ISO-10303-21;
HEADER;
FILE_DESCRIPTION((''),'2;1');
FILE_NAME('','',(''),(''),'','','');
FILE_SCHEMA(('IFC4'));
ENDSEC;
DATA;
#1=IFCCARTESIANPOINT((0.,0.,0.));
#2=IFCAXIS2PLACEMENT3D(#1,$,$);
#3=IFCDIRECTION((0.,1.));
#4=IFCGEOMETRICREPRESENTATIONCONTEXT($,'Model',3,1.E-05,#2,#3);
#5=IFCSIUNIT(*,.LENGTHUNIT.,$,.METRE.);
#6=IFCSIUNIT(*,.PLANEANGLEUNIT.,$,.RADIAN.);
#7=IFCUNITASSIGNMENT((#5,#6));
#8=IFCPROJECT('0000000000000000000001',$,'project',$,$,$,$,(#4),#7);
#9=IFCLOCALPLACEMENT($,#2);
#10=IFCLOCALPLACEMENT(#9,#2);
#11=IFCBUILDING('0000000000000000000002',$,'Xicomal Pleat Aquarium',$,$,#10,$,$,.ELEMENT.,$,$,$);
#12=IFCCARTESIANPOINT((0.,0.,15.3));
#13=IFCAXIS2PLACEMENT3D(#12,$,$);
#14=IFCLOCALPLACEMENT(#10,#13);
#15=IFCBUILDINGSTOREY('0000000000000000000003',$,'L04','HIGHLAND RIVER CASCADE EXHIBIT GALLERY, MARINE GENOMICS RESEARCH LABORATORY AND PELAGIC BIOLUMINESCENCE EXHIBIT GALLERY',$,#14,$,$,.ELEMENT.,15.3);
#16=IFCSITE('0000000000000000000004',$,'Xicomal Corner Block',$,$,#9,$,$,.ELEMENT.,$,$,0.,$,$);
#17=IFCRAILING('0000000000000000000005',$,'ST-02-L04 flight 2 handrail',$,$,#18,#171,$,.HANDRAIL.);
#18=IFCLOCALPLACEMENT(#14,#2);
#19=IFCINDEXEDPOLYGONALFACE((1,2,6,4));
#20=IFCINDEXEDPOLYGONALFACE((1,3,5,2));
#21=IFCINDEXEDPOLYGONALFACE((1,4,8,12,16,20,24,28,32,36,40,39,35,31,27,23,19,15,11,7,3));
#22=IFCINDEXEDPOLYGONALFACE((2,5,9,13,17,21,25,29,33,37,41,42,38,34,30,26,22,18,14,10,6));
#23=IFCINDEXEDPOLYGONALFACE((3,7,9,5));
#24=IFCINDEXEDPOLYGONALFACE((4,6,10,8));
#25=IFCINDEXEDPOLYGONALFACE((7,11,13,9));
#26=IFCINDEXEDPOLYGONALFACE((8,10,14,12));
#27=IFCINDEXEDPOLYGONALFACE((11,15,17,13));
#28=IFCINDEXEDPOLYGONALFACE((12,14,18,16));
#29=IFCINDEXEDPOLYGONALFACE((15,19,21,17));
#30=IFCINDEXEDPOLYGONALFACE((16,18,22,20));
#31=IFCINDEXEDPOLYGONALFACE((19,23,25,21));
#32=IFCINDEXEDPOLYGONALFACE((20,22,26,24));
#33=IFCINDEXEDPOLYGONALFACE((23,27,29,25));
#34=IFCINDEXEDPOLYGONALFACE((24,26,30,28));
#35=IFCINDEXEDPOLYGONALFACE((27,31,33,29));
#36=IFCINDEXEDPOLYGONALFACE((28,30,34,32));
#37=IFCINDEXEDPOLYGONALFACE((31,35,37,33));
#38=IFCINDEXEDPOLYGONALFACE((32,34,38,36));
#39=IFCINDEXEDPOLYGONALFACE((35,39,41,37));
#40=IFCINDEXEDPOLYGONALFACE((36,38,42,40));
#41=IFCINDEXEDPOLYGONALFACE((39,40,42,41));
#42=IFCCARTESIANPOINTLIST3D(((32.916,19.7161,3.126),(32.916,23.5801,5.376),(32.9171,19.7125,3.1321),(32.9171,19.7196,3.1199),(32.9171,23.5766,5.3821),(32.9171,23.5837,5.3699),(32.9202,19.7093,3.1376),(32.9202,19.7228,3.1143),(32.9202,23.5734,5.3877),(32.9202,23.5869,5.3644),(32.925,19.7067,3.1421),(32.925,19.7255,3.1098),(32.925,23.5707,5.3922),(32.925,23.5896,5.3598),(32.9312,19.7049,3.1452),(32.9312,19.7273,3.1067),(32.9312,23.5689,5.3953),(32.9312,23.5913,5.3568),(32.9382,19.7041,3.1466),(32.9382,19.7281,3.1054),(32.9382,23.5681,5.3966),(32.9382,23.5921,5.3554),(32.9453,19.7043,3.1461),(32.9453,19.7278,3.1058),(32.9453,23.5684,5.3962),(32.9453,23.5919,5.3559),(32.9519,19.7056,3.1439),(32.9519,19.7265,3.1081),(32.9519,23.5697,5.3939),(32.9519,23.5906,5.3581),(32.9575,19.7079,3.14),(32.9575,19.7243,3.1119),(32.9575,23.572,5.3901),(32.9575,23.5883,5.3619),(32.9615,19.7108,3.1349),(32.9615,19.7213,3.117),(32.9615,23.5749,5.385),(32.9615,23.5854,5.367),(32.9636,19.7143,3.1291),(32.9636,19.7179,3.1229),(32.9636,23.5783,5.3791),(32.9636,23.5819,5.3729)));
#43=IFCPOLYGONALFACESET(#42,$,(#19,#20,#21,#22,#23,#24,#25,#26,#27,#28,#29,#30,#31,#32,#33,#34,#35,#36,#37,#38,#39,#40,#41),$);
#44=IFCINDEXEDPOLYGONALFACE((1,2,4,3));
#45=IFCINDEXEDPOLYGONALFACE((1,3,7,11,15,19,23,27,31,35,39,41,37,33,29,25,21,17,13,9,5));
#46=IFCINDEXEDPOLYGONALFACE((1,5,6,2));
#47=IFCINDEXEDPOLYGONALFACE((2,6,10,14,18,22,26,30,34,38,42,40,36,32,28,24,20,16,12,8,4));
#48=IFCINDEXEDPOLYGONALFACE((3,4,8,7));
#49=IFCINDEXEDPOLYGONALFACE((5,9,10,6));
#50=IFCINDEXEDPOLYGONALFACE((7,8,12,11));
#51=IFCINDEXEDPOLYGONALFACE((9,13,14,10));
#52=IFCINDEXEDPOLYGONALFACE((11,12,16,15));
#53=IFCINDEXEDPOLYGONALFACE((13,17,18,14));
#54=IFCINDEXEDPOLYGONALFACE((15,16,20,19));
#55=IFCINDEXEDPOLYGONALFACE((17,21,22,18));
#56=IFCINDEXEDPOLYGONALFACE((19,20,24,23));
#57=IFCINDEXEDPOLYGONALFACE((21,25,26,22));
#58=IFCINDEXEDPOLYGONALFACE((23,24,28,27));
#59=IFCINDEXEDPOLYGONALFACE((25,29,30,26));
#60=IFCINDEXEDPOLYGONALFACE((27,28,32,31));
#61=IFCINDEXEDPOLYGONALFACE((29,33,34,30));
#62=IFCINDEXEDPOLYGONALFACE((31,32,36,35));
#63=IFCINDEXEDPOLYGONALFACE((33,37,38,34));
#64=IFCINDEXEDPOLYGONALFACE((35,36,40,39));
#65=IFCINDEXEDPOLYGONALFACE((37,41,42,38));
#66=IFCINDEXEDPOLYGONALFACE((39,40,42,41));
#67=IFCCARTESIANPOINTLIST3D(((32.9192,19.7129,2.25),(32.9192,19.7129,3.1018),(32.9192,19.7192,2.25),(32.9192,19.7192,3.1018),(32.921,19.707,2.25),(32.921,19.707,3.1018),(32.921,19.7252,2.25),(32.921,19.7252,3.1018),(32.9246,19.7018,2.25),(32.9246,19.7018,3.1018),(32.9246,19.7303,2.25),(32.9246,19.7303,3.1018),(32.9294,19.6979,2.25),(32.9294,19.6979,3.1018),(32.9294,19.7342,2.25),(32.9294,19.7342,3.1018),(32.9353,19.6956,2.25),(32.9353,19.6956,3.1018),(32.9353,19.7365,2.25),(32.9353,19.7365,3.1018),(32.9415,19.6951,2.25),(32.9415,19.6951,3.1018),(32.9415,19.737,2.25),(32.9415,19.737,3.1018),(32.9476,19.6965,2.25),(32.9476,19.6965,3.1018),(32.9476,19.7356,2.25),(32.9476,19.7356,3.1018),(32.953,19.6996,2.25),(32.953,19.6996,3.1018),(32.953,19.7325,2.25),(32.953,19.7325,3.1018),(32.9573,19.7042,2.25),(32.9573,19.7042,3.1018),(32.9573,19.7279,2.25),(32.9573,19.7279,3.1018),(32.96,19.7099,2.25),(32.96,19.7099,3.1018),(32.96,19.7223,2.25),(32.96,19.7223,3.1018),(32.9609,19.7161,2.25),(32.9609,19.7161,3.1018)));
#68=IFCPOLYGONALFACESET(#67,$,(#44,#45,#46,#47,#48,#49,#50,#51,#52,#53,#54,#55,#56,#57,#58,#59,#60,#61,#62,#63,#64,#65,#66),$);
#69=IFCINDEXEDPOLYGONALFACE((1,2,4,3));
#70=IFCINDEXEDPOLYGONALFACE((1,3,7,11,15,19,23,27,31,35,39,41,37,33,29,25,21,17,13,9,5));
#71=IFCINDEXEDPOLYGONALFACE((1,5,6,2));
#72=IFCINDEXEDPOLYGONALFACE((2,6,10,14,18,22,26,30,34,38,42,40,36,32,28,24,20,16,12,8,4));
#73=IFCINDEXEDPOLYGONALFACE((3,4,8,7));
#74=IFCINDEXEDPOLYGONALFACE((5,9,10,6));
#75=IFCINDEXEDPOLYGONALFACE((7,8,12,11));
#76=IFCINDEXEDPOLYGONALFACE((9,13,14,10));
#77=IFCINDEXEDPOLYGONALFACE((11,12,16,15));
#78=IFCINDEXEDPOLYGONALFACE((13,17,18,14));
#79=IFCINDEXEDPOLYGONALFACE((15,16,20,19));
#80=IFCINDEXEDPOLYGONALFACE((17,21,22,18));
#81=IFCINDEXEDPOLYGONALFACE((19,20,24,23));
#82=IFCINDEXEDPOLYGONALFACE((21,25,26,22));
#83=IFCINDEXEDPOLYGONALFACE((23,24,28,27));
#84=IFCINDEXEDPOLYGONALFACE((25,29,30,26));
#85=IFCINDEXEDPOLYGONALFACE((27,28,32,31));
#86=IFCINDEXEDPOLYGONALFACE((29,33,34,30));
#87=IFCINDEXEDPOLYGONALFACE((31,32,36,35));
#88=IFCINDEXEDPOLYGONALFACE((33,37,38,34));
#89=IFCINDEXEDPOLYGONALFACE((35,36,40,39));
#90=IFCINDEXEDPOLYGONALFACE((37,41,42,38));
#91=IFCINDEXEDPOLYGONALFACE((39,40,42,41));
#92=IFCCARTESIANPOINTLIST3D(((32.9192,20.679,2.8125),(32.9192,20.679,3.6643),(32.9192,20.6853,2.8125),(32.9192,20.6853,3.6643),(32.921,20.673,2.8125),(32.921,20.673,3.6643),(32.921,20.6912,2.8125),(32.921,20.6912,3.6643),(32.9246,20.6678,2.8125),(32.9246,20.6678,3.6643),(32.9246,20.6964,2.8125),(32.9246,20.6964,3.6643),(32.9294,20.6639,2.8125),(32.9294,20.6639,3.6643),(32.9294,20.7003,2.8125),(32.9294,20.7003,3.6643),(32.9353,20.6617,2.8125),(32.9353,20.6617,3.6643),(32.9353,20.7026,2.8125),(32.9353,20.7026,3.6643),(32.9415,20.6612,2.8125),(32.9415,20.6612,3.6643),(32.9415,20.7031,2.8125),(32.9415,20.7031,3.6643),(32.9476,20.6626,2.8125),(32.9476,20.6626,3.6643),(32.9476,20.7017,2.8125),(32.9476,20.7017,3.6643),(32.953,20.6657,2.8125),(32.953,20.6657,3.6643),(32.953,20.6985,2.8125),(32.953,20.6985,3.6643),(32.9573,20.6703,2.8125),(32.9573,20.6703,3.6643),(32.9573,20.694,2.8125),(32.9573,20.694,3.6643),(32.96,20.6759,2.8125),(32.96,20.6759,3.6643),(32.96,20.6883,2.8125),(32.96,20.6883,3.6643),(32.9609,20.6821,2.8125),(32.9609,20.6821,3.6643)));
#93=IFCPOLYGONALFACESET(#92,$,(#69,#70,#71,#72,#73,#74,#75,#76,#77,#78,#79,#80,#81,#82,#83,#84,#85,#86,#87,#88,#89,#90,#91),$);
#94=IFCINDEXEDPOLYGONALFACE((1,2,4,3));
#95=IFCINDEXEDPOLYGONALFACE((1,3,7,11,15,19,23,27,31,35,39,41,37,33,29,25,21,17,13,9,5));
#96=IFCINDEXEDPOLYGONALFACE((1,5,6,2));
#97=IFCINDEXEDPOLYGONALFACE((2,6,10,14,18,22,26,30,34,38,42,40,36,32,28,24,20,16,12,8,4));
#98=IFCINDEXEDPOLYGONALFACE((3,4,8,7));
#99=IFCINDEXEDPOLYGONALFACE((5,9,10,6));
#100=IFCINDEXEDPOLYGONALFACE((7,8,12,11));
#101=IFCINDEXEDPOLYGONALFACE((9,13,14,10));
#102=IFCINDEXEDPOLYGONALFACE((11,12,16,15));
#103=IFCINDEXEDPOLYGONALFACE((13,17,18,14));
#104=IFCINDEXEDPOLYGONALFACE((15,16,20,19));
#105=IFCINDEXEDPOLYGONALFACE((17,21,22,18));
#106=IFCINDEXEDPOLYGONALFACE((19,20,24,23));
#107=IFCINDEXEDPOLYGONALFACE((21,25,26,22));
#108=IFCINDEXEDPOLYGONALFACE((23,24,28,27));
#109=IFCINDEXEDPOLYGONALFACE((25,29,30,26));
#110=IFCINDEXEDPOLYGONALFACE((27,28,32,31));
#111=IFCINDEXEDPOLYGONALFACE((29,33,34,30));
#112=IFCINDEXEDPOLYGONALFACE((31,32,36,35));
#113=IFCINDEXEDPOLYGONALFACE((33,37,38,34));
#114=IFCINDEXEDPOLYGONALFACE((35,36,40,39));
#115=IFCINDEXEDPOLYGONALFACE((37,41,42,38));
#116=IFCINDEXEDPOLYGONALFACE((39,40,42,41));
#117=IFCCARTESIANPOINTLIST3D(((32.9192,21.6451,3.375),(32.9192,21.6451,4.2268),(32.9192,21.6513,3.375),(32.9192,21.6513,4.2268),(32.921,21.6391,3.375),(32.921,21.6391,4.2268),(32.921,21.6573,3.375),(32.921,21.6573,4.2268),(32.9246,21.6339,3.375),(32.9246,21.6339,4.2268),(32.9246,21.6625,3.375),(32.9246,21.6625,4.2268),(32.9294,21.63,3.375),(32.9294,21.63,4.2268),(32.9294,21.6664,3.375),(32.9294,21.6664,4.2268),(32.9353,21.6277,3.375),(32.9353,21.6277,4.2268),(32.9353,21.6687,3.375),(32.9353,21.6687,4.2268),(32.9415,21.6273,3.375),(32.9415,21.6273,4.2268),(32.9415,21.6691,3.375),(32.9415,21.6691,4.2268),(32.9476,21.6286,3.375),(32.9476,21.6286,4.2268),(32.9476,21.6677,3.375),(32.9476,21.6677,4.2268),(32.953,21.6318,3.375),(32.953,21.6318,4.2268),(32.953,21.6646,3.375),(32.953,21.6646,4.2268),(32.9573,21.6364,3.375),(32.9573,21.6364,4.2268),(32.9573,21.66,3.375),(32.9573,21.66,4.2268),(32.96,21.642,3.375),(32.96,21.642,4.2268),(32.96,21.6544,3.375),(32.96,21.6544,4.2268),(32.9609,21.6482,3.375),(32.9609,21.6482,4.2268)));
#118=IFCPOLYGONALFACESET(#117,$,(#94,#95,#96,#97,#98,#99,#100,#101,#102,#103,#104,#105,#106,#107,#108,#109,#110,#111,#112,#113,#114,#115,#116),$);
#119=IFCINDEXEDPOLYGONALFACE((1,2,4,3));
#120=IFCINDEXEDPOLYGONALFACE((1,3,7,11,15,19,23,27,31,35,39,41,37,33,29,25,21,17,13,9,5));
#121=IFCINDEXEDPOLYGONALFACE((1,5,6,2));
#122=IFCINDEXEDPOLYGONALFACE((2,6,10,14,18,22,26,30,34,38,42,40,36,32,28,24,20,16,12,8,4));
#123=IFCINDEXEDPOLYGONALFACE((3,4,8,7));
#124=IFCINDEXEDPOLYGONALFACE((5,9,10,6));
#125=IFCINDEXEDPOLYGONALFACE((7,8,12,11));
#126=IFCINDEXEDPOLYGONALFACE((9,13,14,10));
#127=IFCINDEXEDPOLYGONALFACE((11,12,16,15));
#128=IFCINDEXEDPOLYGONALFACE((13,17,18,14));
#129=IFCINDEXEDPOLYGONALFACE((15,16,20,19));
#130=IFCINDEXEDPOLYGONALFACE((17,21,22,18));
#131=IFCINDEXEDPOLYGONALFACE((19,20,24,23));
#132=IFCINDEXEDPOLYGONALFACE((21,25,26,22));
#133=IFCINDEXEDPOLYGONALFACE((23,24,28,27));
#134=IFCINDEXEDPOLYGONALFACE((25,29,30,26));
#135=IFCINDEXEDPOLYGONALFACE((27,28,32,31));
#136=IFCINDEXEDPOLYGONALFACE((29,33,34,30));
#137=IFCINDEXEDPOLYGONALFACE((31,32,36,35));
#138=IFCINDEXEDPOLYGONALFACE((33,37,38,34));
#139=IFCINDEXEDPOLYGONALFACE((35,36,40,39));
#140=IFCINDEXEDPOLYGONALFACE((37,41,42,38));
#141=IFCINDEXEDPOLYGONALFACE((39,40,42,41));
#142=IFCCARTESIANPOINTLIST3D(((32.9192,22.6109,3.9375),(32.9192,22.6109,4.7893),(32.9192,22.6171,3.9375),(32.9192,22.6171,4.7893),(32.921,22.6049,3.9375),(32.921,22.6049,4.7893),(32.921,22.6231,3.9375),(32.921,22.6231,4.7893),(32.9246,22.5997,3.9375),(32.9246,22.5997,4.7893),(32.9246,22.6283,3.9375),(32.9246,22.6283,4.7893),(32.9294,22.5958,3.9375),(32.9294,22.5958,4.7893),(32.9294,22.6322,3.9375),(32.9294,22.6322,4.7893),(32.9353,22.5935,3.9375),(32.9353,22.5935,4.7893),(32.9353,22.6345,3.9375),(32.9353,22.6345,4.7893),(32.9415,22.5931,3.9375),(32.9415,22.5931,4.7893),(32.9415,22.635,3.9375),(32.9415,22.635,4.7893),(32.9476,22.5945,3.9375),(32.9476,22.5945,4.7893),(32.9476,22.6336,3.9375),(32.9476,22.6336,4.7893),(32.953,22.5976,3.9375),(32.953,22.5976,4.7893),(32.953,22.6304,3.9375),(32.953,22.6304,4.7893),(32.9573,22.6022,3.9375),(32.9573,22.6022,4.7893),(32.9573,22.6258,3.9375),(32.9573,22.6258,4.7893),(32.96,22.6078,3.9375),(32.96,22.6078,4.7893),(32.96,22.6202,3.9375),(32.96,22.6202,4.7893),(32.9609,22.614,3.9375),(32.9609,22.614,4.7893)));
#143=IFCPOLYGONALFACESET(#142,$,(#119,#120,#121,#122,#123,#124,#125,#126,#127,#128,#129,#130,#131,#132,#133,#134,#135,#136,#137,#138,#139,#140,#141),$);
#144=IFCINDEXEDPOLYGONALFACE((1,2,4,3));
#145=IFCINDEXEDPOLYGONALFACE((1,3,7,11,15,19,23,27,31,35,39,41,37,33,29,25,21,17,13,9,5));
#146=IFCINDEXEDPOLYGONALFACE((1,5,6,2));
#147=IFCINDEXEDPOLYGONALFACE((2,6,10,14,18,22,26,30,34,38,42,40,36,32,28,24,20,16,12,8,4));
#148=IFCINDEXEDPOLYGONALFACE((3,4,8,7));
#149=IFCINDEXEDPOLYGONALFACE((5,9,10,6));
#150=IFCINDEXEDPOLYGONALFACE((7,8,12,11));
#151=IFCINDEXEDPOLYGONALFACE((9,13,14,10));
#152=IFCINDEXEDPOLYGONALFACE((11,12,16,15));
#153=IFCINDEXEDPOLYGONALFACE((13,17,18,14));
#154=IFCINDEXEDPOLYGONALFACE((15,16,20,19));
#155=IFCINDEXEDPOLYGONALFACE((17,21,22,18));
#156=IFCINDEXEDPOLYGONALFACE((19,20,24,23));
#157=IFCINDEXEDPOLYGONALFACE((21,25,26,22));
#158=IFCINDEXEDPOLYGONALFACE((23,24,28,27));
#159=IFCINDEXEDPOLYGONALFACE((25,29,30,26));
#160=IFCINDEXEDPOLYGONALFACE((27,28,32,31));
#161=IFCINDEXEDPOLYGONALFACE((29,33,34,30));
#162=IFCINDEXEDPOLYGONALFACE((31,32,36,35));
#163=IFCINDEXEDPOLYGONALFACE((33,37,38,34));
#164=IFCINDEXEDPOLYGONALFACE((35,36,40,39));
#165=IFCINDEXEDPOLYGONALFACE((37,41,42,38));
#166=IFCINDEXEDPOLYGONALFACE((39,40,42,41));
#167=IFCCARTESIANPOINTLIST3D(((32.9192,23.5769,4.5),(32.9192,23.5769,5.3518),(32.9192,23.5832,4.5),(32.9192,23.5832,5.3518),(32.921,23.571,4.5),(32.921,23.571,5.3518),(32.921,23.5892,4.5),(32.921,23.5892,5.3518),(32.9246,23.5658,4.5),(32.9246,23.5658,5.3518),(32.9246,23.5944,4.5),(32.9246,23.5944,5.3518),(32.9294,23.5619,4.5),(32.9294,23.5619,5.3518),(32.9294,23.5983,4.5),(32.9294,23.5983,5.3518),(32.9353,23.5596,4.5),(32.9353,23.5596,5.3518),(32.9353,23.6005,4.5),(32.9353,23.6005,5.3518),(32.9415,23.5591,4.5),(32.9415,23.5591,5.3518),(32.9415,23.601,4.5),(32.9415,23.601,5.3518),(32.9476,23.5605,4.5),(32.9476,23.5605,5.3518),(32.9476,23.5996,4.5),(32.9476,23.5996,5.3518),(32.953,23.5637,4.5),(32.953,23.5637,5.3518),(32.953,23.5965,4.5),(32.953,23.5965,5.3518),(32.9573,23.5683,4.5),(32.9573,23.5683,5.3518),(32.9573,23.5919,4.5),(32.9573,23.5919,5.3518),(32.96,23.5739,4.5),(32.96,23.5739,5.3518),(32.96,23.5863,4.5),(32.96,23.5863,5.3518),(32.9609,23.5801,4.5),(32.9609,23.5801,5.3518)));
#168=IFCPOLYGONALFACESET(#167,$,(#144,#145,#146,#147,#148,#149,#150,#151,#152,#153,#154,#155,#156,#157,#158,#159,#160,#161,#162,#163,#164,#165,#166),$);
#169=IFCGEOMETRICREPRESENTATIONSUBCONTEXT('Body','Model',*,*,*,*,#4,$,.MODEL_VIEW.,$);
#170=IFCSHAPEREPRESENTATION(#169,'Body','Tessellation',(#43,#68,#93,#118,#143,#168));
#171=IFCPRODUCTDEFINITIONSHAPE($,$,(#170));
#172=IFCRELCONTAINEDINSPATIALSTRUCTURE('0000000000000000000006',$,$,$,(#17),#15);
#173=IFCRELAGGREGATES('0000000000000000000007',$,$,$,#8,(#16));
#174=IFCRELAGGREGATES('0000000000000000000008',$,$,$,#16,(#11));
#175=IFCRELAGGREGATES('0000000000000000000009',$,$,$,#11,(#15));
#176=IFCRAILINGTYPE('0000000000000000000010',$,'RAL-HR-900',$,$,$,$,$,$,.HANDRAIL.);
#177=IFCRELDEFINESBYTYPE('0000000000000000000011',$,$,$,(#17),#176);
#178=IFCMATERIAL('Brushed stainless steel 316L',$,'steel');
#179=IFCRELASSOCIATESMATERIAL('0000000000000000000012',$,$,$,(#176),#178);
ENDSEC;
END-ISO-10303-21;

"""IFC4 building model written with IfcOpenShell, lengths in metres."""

from ifc_helpers import new_model, si_unit, direction, frame, origin, origin_2d, place, context, subcontext, project, spatial, circle, extrude, material, type_object, element, save


model = new_model("IFC4")

# Units and contexts
model_context = context("Model", 3, precision=1e-05, world=origin(), true_north=direction((0.0, 1.0)))
body_context = subcontext(model_context, "Body", "Model", "MODEL_VIEW")
ifc_project = project(units=[si_unit("LENGTHUNIT", "METRE"), si_unit("PLANEANGLEUNIT", "RADIAN")], contexts=[model_context])

# Site, building, storey
site_placement = place(None, origin())
site = spatial("IfcSite", under=ifc_project, at=site_placement, Name="Xicomal Corner Block", CompositionType="ELEMENT", RefElevation=0.0)
building_placement = place(site_placement, origin())
building = spatial("IfcBuilding", under=site, at=building_placement, Name="Xicomal Pleat Aquarium", CompositionType="ELEMENT")
storey_placement = place(building_placement, frame((0.0, 0.0, 15.3)))
storey = spatial("IfcBuildingStorey", under=building, at=storey_placement, Name="L04", Description="HIGHLAND RIVER CASCADE EXHIBIT GALLERY, MARINE GENOMICS RESEARCH LABORATORY AND PELAGIC BIOLUMINESCENCE EXHIBIT GALLERY", CompositionType="ELEMENT", Elevation=15.3)

# Railing
ifc_material_1 = material(Name="Brushed stainless steel 316L", Category="steel")
railing_type_1 = type_object("IfcRailingType", Name="RAL-HR-900", PredefinedType="HANDRAIL", material=ifc_material_1)
railing_1_placement = place(storey_placement, frame((32.9399, 19.7161, 2.25)))
element("IfcRailing", 1, at=railing_1_placement, inside=storey, type_object=railing_type_1, Name="ST-02-L04 flight 2 handrail", PredefinedType="HANDRAIL", context=body_context, shape_type="SweptSolid", body=[
    extrude(circle(Radius=0.0239, at=origin_2d()), frame((0.0, 0.0, 0.876), z_axis=(0.0, 0.864169, 0.503202), x_axis=(-1.0, 0.0, 0.0)), (0.0, 0.0, 1.0), 4.4714),
    extrude(circle(Radius=0.021, at=origin_2d()), origin(), (0.0, 0.0, 1.0), 0.8518),
    extrude(circle(Radius=0.021, at=origin_2d()), frame((0.0, 0.9661, 0.5625)), (0.0, 0.0, 1.0), 0.8518),
    extrude(circle(Radius=0.021, at=origin_2d()), frame((0.0, 1.9321, 1.125)), (0.0, 0.0, 1.0), 0.8518),
    extrude(circle(Radius=0.021, at=origin_2d()), frame((0.0, 2.8979, 1.6875)), (0.0, 0.0, 1.0), 0.8518),
    extrude(circle(Radius=0.021, at=origin_2d()), frame((0.0, 3.864, 2.25)), (0.0, 0.0, 1.0), 0.8518),
])

save(model, "model.ifc")
